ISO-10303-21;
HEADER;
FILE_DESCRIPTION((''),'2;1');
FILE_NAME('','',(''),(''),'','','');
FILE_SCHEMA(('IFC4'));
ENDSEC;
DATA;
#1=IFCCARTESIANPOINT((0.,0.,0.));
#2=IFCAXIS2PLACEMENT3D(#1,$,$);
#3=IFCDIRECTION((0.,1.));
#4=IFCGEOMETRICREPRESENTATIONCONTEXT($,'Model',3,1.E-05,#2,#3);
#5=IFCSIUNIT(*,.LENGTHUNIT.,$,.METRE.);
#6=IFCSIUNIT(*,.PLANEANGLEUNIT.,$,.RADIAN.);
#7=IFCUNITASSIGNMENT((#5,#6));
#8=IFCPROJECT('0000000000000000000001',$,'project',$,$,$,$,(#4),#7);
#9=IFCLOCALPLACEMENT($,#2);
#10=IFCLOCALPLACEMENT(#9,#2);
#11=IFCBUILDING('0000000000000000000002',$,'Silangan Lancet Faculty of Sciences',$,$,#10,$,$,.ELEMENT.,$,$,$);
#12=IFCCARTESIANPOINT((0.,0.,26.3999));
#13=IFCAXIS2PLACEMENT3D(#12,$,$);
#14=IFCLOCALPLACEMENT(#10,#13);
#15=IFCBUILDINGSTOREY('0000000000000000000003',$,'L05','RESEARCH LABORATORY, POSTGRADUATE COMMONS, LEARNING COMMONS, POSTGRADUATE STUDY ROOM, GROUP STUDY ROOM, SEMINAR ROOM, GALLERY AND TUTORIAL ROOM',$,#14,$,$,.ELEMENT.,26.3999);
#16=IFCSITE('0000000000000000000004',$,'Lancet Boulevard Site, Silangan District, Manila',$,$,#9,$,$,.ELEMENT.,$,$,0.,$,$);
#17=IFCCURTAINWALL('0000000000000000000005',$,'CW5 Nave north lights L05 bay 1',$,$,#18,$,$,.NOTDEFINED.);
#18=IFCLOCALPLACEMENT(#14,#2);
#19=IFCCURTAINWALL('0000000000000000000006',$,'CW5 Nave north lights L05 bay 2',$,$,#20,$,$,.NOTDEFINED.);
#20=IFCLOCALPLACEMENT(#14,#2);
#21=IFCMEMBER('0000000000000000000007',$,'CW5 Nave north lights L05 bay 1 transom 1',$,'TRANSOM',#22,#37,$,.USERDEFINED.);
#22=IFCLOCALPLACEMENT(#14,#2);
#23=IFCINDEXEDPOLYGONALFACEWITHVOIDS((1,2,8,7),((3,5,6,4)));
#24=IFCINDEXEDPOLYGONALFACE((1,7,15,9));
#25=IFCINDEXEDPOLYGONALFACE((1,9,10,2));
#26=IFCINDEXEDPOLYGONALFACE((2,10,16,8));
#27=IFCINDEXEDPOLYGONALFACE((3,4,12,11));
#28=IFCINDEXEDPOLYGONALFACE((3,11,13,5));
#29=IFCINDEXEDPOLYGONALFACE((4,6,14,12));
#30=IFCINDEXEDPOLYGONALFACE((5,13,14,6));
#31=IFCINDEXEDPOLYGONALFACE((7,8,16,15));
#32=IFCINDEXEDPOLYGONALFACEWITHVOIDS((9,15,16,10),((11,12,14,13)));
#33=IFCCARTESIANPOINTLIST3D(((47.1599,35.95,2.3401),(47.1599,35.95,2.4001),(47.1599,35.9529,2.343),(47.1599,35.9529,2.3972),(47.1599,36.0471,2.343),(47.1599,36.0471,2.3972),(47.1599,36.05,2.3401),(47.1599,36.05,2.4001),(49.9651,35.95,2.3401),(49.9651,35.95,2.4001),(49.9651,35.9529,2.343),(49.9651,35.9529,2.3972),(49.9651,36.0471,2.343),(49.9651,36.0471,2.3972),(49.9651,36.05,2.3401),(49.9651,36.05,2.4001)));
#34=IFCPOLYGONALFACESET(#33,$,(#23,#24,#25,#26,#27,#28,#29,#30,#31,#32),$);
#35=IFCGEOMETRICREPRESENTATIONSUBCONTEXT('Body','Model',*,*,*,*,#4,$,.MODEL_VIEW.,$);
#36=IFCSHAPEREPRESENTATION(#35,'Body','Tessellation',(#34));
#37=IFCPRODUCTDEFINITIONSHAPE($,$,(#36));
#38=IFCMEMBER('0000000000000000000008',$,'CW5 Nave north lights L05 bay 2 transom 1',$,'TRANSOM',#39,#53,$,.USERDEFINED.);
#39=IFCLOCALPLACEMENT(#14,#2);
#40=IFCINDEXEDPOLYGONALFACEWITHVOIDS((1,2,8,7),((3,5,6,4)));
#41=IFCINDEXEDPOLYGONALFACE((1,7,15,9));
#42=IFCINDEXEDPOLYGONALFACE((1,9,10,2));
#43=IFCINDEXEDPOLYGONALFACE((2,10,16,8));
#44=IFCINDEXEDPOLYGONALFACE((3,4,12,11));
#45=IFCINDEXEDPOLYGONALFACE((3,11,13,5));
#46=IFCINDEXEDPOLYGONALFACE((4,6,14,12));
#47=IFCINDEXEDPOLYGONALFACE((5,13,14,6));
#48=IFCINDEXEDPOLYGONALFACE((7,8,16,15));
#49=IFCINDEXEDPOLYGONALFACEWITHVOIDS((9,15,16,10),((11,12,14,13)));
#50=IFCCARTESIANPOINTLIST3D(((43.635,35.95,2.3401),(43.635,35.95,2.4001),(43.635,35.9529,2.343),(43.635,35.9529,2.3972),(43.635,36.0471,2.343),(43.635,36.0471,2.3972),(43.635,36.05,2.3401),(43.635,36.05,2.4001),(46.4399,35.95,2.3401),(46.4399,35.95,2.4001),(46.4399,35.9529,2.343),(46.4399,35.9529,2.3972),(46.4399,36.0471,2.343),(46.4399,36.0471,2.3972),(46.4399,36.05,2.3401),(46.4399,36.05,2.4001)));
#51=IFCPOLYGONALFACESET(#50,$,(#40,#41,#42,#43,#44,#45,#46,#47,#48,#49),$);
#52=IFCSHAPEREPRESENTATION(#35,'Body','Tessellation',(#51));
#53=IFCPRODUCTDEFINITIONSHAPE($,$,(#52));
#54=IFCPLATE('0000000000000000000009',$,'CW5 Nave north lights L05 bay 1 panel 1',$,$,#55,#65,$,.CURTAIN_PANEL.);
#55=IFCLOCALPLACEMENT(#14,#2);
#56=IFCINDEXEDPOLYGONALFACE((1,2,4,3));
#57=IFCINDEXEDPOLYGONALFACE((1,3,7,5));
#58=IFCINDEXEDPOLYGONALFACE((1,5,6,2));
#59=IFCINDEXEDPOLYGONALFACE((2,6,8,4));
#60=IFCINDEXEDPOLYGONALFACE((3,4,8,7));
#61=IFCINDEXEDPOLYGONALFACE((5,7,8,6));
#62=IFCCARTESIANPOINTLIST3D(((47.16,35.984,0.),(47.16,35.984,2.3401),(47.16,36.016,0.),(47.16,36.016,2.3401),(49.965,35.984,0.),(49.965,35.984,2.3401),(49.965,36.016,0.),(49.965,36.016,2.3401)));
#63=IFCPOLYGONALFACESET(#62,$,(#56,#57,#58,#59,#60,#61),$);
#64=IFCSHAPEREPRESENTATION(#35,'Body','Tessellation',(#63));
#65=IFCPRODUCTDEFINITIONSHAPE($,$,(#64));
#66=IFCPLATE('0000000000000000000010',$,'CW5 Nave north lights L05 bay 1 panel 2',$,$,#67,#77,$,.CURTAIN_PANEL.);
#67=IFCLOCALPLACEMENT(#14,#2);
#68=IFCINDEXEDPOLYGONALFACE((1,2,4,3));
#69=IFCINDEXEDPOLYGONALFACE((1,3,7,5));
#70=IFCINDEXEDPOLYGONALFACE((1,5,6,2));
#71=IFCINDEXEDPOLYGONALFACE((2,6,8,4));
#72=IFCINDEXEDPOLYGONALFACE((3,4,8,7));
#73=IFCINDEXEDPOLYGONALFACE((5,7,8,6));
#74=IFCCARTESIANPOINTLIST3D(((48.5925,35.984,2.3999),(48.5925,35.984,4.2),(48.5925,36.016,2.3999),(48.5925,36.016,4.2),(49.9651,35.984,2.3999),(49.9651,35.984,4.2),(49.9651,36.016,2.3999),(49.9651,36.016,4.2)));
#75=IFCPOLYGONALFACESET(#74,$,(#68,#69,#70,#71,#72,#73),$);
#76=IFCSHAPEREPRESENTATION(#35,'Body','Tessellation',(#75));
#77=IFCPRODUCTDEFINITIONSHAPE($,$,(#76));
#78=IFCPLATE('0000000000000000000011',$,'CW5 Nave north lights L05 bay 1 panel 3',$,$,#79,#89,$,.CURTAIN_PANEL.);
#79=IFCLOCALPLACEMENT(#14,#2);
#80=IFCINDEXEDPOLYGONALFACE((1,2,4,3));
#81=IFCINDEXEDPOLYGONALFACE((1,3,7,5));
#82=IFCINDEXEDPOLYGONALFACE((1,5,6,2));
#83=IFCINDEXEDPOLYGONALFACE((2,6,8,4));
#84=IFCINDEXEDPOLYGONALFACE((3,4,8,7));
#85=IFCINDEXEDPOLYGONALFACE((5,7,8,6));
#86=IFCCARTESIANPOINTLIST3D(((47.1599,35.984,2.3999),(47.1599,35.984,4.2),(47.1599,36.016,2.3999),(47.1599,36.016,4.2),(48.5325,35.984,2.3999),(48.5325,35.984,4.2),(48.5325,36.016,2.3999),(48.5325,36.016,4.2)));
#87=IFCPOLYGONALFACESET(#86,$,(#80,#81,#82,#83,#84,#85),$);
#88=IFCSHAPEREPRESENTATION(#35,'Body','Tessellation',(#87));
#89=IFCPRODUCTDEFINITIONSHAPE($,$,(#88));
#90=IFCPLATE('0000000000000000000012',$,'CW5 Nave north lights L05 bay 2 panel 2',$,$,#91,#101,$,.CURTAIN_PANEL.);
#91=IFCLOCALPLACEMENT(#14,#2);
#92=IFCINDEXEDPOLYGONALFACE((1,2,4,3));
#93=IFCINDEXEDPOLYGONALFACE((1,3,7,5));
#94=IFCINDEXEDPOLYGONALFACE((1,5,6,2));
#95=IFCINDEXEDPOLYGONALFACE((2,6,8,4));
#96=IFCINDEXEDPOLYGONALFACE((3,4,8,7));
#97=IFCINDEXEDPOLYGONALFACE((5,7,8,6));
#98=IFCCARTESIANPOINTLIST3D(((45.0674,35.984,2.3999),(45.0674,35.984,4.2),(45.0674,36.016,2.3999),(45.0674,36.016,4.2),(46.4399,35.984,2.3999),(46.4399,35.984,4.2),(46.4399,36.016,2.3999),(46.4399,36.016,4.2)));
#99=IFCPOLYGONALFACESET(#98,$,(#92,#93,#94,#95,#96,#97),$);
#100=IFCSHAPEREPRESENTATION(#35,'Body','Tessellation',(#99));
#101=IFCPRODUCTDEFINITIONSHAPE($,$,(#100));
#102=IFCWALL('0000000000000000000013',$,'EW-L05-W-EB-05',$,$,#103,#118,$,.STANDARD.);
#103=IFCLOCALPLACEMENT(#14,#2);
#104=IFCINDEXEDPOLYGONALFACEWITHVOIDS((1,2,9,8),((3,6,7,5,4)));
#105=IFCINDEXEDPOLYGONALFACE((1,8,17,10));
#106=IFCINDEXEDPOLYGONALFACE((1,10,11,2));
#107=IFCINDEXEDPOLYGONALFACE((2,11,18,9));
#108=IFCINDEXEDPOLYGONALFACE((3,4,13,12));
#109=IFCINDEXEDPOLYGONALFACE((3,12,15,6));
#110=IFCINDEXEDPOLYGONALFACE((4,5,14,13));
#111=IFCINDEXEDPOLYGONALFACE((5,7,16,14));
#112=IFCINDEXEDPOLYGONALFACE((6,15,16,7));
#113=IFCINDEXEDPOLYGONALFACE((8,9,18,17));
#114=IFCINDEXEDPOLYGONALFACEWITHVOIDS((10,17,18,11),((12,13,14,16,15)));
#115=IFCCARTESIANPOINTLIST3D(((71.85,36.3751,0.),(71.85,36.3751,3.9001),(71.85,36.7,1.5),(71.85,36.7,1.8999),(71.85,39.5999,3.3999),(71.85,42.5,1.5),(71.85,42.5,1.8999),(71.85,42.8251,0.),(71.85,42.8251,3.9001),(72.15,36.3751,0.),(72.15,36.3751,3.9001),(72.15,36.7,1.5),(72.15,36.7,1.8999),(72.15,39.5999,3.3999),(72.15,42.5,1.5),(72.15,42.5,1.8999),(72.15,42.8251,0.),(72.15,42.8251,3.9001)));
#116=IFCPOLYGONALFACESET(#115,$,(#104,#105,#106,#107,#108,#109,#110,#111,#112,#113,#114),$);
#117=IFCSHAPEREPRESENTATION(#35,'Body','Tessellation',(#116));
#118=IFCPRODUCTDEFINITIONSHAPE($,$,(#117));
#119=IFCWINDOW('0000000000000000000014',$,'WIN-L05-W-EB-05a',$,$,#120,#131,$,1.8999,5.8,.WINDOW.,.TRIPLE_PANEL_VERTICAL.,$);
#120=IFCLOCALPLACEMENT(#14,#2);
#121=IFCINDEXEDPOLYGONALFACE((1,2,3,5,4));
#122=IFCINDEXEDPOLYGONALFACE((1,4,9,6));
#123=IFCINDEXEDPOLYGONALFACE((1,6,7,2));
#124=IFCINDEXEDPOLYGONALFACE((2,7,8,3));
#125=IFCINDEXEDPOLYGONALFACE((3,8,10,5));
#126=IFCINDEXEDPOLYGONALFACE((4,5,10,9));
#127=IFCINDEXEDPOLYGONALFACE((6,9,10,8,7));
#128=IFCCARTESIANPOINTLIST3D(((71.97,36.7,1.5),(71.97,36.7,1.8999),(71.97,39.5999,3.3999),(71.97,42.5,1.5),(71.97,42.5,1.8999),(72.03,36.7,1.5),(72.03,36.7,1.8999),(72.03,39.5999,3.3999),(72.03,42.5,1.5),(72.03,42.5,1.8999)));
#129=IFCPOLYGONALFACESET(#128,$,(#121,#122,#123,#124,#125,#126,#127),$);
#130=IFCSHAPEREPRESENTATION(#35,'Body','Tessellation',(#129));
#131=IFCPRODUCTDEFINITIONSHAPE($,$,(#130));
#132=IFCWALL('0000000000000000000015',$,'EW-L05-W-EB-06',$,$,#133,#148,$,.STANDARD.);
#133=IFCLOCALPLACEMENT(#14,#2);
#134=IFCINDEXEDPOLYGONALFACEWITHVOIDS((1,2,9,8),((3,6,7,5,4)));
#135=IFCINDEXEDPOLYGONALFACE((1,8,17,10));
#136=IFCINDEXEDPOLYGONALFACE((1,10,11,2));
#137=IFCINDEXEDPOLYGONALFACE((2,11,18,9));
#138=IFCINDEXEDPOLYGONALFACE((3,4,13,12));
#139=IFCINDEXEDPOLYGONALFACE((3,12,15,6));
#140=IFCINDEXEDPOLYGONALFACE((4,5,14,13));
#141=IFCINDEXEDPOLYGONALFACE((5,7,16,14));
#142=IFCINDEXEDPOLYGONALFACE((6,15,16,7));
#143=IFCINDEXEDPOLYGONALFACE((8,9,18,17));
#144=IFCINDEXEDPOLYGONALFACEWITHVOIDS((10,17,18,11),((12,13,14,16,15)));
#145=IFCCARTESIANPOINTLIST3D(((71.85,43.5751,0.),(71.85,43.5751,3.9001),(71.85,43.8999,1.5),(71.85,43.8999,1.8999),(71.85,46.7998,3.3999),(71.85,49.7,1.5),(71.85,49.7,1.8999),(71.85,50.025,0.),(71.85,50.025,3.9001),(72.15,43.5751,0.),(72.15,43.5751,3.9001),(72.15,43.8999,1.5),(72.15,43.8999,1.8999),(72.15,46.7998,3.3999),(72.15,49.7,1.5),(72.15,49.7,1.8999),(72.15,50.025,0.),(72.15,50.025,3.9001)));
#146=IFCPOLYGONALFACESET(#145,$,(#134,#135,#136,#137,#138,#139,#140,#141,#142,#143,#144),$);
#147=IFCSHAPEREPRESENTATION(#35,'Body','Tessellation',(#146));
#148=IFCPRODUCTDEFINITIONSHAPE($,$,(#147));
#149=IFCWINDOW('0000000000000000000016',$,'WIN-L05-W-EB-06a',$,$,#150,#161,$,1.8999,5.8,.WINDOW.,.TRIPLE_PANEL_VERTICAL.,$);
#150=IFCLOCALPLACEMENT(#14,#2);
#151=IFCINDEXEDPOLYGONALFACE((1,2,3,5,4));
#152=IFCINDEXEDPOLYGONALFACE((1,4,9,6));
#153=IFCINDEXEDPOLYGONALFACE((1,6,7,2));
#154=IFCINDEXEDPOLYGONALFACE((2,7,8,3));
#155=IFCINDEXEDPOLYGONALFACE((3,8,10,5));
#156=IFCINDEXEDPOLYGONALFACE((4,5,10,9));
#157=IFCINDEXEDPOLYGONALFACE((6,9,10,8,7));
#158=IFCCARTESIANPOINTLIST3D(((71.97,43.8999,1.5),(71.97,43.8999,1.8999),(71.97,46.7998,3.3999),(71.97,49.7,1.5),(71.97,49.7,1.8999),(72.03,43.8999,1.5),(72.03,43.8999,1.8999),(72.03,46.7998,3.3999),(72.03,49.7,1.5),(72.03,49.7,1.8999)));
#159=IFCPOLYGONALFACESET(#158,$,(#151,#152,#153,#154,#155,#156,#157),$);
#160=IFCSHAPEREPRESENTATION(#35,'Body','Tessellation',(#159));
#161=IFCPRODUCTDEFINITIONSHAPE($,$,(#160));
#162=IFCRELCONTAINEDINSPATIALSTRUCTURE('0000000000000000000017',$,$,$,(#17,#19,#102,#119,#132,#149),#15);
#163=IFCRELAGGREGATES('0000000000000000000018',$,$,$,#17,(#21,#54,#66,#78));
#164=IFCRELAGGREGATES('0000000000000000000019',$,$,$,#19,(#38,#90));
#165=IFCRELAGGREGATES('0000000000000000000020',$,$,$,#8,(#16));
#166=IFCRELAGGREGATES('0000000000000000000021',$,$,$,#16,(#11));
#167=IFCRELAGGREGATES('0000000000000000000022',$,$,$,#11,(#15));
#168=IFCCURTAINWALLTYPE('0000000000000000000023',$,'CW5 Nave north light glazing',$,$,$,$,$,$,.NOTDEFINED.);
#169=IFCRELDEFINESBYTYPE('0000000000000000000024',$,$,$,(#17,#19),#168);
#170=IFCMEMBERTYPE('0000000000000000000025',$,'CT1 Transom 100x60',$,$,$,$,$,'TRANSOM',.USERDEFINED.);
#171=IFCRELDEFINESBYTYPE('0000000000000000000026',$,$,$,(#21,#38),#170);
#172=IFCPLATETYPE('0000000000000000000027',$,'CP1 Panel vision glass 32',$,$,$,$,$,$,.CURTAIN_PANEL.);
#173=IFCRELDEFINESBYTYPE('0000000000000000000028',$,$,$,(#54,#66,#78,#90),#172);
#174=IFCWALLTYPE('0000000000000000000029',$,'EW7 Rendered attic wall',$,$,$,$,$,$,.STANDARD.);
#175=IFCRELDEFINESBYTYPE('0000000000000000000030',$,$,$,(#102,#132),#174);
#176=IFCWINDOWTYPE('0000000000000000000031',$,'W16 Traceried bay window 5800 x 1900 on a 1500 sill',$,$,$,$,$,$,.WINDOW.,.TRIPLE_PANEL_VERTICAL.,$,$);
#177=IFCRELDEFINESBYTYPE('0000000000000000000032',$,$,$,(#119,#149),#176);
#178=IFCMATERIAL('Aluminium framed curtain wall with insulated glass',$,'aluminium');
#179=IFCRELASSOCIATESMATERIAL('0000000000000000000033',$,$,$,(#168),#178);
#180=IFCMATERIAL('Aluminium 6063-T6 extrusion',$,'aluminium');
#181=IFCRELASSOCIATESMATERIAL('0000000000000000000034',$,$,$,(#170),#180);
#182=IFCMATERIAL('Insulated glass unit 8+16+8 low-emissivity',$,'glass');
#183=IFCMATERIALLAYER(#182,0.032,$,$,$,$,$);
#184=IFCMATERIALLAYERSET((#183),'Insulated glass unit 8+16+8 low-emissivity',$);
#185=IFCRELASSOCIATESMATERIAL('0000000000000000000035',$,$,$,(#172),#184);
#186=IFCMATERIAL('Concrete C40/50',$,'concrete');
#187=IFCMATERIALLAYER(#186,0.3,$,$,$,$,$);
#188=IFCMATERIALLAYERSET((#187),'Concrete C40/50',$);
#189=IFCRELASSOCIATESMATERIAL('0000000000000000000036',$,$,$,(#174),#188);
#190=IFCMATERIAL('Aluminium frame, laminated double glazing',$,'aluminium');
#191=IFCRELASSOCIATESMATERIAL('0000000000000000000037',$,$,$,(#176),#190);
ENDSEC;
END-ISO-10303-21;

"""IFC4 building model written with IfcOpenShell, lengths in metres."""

from ifc_helpers import new_model, si_unit, direction, frame, frame_2d, origin, origin_2d, place, context, subcontext, project, spatial, polyline, rectangle, hollow_rectangle, outline, extrude, material, layer, layer_set, material_profile, profile_set, type_object, element, fill, aggregate, save


model = new_model("IFC4")

# Units and contexts
model_context = context("Model", 3, precision=1e-05, world=origin(), true_north=direction((0.0, 1.0)))
body_context = subcontext(model_context, "Body", "Model", "MODEL_VIEW")
ifc_project = project(units=[si_unit("LENGTHUNIT", "METRE"), si_unit("PLANEANGLEUNIT", "RADIAN")], contexts=[model_context])

# Site, building, storey
site_placement = place(None, origin())
site = spatial("IfcSite", under=ifc_project, at=site_placement, Name="Lancet Boulevard Site, Silangan District, Manila", CompositionType="ELEMENT", RefElevation=0.0)
building_placement = place(site_placement, origin())
building = spatial("IfcBuilding", under=site, at=building_placement, Name="Silangan Lancet Faculty of Sciences", CompositionType="ELEMENT")
storey_placement = place(building_placement, frame((0.0, 0.0, 26.3999)))
storey = spatial("IfcBuildingStorey", under=building, at=storey_placement, Name="L05", Description="RESEARCH LABORATORY, POSTGRADUATE COMMONS, LEARNING COMMONS, POSTGRADUATE STUDY ROOM, GROUP STUDY ROOM, SEMINAR ROOM, GALLERY AND TUTORIAL ROOM", CompositionType="ELEMENT", Elevation=26.3999)

# Curtain wall
ifc_material_1 = material(Name="Aluminium framed curtain wall with insulated glass", Category="aluminium")
curtain_wall_type = type_object("IfcCurtainWallType", Name="CW5 Nave north light glazing", PredefinedType="NOTDEFINED", material=ifc_material_1)
curtain_wall_1_placement = place(storey_placement, origin())
curtain_wall_1 = element("IfcCurtainWall", 1, at=curtain_wall_1_placement, inside=storey, type_object=curtain_wall_type, Name="CW5 Nave north lights L05 bay 1", PredefinedType="NOTDEFINED")

# Curtain wall
curtain_wall_2_placement = place(storey_placement, origin())
curtain_wall_2 = element("IfcCurtainWall", 2, at=curtain_wall_2_placement, inside=storey, type_object=curtain_wall_type, Name="CW5 Nave north lights L05 bay 2", PredefinedType="NOTDEFINED")

# Members
ifc_material_2 = material(Name="Aluminium 6063-T6 extrusion", Category="aluminium")
ifc_material_profile_1 = material_profile(ifc_material_2, hollow_rectangle(XDim=0.1001, YDim=0.0601, WallThickness=0.0029, at=origin_2d()), Name="AL BOX 100x60x3")
ifc_profile_set_1 = profile_set([ifc_material_profile_1], Name="Aluminium 6063-T6 extrusion")
member_type_1 = type_object("IfcMemberType", Name="CT1 Transom 100x60", ElementType="TRANSOM", PredefinedType="USERDEFINED", material=ifc_profile_set_1)
member_1_placement = place(storey_placement, frame((49.9651, 36.0, 2.3701), z_axis=(-1.0, 0.0, 0.0), x_axis=(0.0, -1.0, 0.0)))
member_1 = element("IfcMember", 3, at=member_1_placement, type_object=member_type_1, Name="CW5 Nave north lights L05 bay 1 transom 1", ObjectType="TRANSOM", PredefinedType="USERDEFINED", context=body_context, shape_type="SweptSolid", body=[
    extrude(hollow_rectangle(XDim=0.1001, YDim=0.0601, WallThickness=0.0029, at=origin_2d()), origin(), (0.0, 0.0, 1.0), 2.8052),
])
member_2_placement = place(storey_placement, frame((46.4399, 36.0, 2.3701), z_axis=(-1.0, 0.0, 0.0), x_axis=(0.0, -1.0, 0.0)))
member_2 = element("IfcMember", 4, at=member_2_placement, type_object=member_type_1, Name="CW5 Nave north lights L05 bay 2 transom 1", ObjectType="TRANSOM", PredefinedType="USERDEFINED", context=body_context, shape_type="SweptSolid", body=[
    extrude(hollow_rectangle(XDim=0.1001, YDim=0.0601, WallThickness=0.0029, at=origin_2d()), origin(), (0.0, 0.0, 1.0), 2.8049),
])

# Plates
ifc_material_3 = material(Name="Insulated glass unit 8+16+8 low-emissivity", Category="glass")
ifc_layer_1 = layer(ifc_material_3, 0.032)
ifc_layer_set_1 = layer_set([ifc_layer_1], Name="Insulated glass unit 8+16+8 low-emissivity")
plate_type = type_object("IfcPlateType", Name="CP1 Panel vision glass 32", PredefinedType="CURTAIN_PANEL", material=ifc_layer_set_1)
plate_1_placement = place(storey_placement, frame((48.5625, 36.0, 0.0), z_axis=(0.0, 0.0, 1.0), x_axis=(-1.0, 0.0, 0.0)))
plate_1 = element("IfcPlate", 5, at=plate_1_placement, type_object=plate_type, Name="CW5 Nave north lights L05 bay 1 panel 1", PredefinedType="CURTAIN_PANEL", context=body_context, shape_type="SweptSolid", body=[
    extrude(rectangle(XDim=2.8049, YDim=0.032, at=origin_2d()), origin(), (0.0, 0.0, 1.0), 2.3401),
])
plate_2_placement = place(storey_placement, frame((49.2788, 36.0, 2.3999), z_axis=(0.0, 0.0, 1.0), x_axis=(-1.0, 0.0, 0.0)))
plate_2 = element("IfcPlate", 6, at=plate_2_placement, type_object=plate_type, Name="CW5 Nave north lights L05 bay 1 panel 2", PredefinedType="CURTAIN_PANEL", context=body_context, shape_type="SweptSolid", body=[
    extrude(rectangle(XDim=1.3726, YDim=0.032, at=origin_2d()), origin(), (0.0, 0.0, 1.0), 1.8),
])
plate_3_placement = place(storey_placement, frame((47.8462, 36.0, 2.3999), z_axis=(0.0, 0.0, 1.0), x_axis=(-1.0, 0.0, 0.0)))
plate_3 = element("IfcPlate", 7, at=plate_3_placement, type_object=plate_type, Name="CW5 Nave north lights L05 bay 1 panel 3", PredefinedType="CURTAIN_PANEL", context=body_context, shape_type="SweptSolid", body=[
    extrude(rectangle(XDim=1.3726, YDim=0.032, at=origin_2d()), origin(), (0.0, 0.0, 1.0), 1.8),
])
aggregate(curtain_wall_1, [member_1, plate_1, plate_2, plate_3])
plate_4_placement = place(storey_placement, frame((45.7537, 36.0, 2.3999), z_axis=(0.0, 0.0, 1.0), x_axis=(-1.0, 0.0, 0.0)))
plate_4 = element("IfcPlate", 8, at=plate_4_placement, type_object=plate_type, Name="CW5 Nave north lights L05 bay 2 panel 2", PredefinedType="CURTAIN_PANEL", context=body_context, shape_type="SweptSolid", body=[
    extrude(rectangle(XDim=1.3726, YDim=0.032, at=origin_2d()), origin(), (0.0, 0.0, 1.0), 1.8),
])
aggregate(curtain_wall_2, [member_2, plate_4])

# Walls, openings, windows
ifc_material_4 = material(Name="Concrete C40/50", Category="concrete")
ifc_layer_2 = layer(ifc_material_4, 0.3)
ifc_layer_set_2 = layer_set([ifc_layer_2], Name="Concrete C40/50")
wall_type = type_object("IfcWallType", Name="EW7 Rendered attic wall", PredefinedType="STANDARD", material=ifc_layer_set_2)
wall_1_placement = place(storey_placement, frame((72.0, 36.375, 0.0), z_axis=(0.0, 0.0, 1.0), x_axis=(0.0, 1.0, 0.0)))
wall_1 = element("IfcWall", 9, at=wall_1_placement, inside=storey, type_object=wall_type, Name="EW-L05-W-EB-05", PredefinedType="STANDARD", context=body_context, shape_type="SweptSolid", body=[
    extrude(rectangle(XDim=6.45, YDim=0.3, at=frame_2d((3.2251, 0.0))), origin(), (0.0, 0.0, 1.0), 3.9001),
])
opening_1_placement = place(wall_1_placement, frame((0.325, 0.0, 1.5)))
opening_1 = element("IfcOpeningElement", 10, at=opening_1_placement, cuts=wall_1, PredefinedType="OPENING", context=body_context, shape_type="SweptSolid", body=[
    extrude(outline(polyline([(0.0, 0.0), (5.8, 0.0), (5.8, 0.3999), (2.8999, 1.8999), (0.0, 0.3999), (0.0, 0.0)])), frame((0.0, 0.1599, 0.0), z_axis=(0.0, -1.0, 0.0), x_axis=(1.0, 0.0, 0.0)), (0.0, 0.0, 1.0), 0.3201),
])
ifc_material_5 = material(Name="Aluminium frame, laminated double glazing", Category="aluminium")
window_type = type_object("IfcWindowType", Name="W16 Traceried bay window 5800 x 1900 on a 1500 sill", PartitioningType="TRIPLE_PANEL_VERTICAL", PredefinedType="WINDOW", material=ifc_material_5)
window_1_placement = place(opening_1_placement, origin())
window_1 = element("IfcWindow", 11, at=window_1_placement, inside=storey, type_object=window_type, Name="WIN-L05-W-EB-05a", OverallHeight=1.8999, OverallWidth=5.8, PartitioningType="TRIPLE_PANEL_VERTICAL", PredefinedType="WINDOW", context=body_context, shape_type="SweptSolid", body=[
    extrude(outline(polyline([(0.0, 0.0), (5.8, 0.0), (5.8, 0.3999), (2.8999, 1.8999), (0.0, 0.3999), (0.0, 0.0)])), frame((0.0, 0.03, 0.0), z_axis=(0.0, -1.0, 0.0), x_axis=(1.0, 0.0, 0.0)), (0.0, 0.0, 1.0), 0.0601),
])
fill(opening_1, window_1)
wall_2_placement = place(storey_placement, frame((72.0, 43.575, 0.0), z_axis=(0.0, 0.0, 1.0), x_axis=(0.0, 1.0, 0.0)))
wall_2 = element("IfcWall", 12, at=wall_2_placement, inside=storey, type_object=wall_type, Name="EW-L05-W-EB-06", PredefinedType="STANDARD", context=body_context, shape_type="SweptSolid", body=[
    extrude(rectangle(XDim=6.45, YDim=0.3, at=frame_2d((3.2251, 0.0))), origin(), (0.0, 0.0, 1.0), 3.9001),
])
opening_2_placement = place(wall_2_placement, frame((0.325, 0.0, 1.5)))
opening_2 = element("IfcOpeningElement", 13, at=opening_2_placement, cuts=wall_2, PredefinedType="OPENING", context=body_context, shape_type="SweptSolid", body=[
    extrude(outline(polyline([(0.0, 0.0), (5.8, 0.0), (5.8, 0.3999), (2.8999, 1.8999), (0.0, 0.3999), (0.0, 0.0)])), frame((0.0, 0.1599, 0.0), z_axis=(0.0, -1.0, 0.0), x_axis=(1.0, 0.0, 0.0)), (0.0, 0.0, 1.0), 0.3201),
])
window_2_placement = place(opening_2_placement, origin())
window_2 = element("IfcWindow", 14, at=window_2_placement, inside=storey, type_object=window_type, Name="WIN-L05-W-EB-06a", OverallHeight=1.8999, OverallWidth=5.8, PartitioningType="TRIPLE_PANEL_VERTICAL", PredefinedType="WINDOW", context=body_context, shape_type="SweptSolid", body=[
    extrude(outline(polyline([(0.0, 0.0), (5.8, 0.0), (5.8, 0.3999), (2.8999, 1.8999), (0.0, 0.3999), (0.0, 0.0)])), frame((0.0, 0.03, 0.0), z_axis=(0.0, -1.0, 0.0), x_axis=(1.0, 0.0, 0.0)), (0.0, 0.0, 1.0), 0.0601),
])
fill(opening_2, window_2)

save(model, "model.ifc")
